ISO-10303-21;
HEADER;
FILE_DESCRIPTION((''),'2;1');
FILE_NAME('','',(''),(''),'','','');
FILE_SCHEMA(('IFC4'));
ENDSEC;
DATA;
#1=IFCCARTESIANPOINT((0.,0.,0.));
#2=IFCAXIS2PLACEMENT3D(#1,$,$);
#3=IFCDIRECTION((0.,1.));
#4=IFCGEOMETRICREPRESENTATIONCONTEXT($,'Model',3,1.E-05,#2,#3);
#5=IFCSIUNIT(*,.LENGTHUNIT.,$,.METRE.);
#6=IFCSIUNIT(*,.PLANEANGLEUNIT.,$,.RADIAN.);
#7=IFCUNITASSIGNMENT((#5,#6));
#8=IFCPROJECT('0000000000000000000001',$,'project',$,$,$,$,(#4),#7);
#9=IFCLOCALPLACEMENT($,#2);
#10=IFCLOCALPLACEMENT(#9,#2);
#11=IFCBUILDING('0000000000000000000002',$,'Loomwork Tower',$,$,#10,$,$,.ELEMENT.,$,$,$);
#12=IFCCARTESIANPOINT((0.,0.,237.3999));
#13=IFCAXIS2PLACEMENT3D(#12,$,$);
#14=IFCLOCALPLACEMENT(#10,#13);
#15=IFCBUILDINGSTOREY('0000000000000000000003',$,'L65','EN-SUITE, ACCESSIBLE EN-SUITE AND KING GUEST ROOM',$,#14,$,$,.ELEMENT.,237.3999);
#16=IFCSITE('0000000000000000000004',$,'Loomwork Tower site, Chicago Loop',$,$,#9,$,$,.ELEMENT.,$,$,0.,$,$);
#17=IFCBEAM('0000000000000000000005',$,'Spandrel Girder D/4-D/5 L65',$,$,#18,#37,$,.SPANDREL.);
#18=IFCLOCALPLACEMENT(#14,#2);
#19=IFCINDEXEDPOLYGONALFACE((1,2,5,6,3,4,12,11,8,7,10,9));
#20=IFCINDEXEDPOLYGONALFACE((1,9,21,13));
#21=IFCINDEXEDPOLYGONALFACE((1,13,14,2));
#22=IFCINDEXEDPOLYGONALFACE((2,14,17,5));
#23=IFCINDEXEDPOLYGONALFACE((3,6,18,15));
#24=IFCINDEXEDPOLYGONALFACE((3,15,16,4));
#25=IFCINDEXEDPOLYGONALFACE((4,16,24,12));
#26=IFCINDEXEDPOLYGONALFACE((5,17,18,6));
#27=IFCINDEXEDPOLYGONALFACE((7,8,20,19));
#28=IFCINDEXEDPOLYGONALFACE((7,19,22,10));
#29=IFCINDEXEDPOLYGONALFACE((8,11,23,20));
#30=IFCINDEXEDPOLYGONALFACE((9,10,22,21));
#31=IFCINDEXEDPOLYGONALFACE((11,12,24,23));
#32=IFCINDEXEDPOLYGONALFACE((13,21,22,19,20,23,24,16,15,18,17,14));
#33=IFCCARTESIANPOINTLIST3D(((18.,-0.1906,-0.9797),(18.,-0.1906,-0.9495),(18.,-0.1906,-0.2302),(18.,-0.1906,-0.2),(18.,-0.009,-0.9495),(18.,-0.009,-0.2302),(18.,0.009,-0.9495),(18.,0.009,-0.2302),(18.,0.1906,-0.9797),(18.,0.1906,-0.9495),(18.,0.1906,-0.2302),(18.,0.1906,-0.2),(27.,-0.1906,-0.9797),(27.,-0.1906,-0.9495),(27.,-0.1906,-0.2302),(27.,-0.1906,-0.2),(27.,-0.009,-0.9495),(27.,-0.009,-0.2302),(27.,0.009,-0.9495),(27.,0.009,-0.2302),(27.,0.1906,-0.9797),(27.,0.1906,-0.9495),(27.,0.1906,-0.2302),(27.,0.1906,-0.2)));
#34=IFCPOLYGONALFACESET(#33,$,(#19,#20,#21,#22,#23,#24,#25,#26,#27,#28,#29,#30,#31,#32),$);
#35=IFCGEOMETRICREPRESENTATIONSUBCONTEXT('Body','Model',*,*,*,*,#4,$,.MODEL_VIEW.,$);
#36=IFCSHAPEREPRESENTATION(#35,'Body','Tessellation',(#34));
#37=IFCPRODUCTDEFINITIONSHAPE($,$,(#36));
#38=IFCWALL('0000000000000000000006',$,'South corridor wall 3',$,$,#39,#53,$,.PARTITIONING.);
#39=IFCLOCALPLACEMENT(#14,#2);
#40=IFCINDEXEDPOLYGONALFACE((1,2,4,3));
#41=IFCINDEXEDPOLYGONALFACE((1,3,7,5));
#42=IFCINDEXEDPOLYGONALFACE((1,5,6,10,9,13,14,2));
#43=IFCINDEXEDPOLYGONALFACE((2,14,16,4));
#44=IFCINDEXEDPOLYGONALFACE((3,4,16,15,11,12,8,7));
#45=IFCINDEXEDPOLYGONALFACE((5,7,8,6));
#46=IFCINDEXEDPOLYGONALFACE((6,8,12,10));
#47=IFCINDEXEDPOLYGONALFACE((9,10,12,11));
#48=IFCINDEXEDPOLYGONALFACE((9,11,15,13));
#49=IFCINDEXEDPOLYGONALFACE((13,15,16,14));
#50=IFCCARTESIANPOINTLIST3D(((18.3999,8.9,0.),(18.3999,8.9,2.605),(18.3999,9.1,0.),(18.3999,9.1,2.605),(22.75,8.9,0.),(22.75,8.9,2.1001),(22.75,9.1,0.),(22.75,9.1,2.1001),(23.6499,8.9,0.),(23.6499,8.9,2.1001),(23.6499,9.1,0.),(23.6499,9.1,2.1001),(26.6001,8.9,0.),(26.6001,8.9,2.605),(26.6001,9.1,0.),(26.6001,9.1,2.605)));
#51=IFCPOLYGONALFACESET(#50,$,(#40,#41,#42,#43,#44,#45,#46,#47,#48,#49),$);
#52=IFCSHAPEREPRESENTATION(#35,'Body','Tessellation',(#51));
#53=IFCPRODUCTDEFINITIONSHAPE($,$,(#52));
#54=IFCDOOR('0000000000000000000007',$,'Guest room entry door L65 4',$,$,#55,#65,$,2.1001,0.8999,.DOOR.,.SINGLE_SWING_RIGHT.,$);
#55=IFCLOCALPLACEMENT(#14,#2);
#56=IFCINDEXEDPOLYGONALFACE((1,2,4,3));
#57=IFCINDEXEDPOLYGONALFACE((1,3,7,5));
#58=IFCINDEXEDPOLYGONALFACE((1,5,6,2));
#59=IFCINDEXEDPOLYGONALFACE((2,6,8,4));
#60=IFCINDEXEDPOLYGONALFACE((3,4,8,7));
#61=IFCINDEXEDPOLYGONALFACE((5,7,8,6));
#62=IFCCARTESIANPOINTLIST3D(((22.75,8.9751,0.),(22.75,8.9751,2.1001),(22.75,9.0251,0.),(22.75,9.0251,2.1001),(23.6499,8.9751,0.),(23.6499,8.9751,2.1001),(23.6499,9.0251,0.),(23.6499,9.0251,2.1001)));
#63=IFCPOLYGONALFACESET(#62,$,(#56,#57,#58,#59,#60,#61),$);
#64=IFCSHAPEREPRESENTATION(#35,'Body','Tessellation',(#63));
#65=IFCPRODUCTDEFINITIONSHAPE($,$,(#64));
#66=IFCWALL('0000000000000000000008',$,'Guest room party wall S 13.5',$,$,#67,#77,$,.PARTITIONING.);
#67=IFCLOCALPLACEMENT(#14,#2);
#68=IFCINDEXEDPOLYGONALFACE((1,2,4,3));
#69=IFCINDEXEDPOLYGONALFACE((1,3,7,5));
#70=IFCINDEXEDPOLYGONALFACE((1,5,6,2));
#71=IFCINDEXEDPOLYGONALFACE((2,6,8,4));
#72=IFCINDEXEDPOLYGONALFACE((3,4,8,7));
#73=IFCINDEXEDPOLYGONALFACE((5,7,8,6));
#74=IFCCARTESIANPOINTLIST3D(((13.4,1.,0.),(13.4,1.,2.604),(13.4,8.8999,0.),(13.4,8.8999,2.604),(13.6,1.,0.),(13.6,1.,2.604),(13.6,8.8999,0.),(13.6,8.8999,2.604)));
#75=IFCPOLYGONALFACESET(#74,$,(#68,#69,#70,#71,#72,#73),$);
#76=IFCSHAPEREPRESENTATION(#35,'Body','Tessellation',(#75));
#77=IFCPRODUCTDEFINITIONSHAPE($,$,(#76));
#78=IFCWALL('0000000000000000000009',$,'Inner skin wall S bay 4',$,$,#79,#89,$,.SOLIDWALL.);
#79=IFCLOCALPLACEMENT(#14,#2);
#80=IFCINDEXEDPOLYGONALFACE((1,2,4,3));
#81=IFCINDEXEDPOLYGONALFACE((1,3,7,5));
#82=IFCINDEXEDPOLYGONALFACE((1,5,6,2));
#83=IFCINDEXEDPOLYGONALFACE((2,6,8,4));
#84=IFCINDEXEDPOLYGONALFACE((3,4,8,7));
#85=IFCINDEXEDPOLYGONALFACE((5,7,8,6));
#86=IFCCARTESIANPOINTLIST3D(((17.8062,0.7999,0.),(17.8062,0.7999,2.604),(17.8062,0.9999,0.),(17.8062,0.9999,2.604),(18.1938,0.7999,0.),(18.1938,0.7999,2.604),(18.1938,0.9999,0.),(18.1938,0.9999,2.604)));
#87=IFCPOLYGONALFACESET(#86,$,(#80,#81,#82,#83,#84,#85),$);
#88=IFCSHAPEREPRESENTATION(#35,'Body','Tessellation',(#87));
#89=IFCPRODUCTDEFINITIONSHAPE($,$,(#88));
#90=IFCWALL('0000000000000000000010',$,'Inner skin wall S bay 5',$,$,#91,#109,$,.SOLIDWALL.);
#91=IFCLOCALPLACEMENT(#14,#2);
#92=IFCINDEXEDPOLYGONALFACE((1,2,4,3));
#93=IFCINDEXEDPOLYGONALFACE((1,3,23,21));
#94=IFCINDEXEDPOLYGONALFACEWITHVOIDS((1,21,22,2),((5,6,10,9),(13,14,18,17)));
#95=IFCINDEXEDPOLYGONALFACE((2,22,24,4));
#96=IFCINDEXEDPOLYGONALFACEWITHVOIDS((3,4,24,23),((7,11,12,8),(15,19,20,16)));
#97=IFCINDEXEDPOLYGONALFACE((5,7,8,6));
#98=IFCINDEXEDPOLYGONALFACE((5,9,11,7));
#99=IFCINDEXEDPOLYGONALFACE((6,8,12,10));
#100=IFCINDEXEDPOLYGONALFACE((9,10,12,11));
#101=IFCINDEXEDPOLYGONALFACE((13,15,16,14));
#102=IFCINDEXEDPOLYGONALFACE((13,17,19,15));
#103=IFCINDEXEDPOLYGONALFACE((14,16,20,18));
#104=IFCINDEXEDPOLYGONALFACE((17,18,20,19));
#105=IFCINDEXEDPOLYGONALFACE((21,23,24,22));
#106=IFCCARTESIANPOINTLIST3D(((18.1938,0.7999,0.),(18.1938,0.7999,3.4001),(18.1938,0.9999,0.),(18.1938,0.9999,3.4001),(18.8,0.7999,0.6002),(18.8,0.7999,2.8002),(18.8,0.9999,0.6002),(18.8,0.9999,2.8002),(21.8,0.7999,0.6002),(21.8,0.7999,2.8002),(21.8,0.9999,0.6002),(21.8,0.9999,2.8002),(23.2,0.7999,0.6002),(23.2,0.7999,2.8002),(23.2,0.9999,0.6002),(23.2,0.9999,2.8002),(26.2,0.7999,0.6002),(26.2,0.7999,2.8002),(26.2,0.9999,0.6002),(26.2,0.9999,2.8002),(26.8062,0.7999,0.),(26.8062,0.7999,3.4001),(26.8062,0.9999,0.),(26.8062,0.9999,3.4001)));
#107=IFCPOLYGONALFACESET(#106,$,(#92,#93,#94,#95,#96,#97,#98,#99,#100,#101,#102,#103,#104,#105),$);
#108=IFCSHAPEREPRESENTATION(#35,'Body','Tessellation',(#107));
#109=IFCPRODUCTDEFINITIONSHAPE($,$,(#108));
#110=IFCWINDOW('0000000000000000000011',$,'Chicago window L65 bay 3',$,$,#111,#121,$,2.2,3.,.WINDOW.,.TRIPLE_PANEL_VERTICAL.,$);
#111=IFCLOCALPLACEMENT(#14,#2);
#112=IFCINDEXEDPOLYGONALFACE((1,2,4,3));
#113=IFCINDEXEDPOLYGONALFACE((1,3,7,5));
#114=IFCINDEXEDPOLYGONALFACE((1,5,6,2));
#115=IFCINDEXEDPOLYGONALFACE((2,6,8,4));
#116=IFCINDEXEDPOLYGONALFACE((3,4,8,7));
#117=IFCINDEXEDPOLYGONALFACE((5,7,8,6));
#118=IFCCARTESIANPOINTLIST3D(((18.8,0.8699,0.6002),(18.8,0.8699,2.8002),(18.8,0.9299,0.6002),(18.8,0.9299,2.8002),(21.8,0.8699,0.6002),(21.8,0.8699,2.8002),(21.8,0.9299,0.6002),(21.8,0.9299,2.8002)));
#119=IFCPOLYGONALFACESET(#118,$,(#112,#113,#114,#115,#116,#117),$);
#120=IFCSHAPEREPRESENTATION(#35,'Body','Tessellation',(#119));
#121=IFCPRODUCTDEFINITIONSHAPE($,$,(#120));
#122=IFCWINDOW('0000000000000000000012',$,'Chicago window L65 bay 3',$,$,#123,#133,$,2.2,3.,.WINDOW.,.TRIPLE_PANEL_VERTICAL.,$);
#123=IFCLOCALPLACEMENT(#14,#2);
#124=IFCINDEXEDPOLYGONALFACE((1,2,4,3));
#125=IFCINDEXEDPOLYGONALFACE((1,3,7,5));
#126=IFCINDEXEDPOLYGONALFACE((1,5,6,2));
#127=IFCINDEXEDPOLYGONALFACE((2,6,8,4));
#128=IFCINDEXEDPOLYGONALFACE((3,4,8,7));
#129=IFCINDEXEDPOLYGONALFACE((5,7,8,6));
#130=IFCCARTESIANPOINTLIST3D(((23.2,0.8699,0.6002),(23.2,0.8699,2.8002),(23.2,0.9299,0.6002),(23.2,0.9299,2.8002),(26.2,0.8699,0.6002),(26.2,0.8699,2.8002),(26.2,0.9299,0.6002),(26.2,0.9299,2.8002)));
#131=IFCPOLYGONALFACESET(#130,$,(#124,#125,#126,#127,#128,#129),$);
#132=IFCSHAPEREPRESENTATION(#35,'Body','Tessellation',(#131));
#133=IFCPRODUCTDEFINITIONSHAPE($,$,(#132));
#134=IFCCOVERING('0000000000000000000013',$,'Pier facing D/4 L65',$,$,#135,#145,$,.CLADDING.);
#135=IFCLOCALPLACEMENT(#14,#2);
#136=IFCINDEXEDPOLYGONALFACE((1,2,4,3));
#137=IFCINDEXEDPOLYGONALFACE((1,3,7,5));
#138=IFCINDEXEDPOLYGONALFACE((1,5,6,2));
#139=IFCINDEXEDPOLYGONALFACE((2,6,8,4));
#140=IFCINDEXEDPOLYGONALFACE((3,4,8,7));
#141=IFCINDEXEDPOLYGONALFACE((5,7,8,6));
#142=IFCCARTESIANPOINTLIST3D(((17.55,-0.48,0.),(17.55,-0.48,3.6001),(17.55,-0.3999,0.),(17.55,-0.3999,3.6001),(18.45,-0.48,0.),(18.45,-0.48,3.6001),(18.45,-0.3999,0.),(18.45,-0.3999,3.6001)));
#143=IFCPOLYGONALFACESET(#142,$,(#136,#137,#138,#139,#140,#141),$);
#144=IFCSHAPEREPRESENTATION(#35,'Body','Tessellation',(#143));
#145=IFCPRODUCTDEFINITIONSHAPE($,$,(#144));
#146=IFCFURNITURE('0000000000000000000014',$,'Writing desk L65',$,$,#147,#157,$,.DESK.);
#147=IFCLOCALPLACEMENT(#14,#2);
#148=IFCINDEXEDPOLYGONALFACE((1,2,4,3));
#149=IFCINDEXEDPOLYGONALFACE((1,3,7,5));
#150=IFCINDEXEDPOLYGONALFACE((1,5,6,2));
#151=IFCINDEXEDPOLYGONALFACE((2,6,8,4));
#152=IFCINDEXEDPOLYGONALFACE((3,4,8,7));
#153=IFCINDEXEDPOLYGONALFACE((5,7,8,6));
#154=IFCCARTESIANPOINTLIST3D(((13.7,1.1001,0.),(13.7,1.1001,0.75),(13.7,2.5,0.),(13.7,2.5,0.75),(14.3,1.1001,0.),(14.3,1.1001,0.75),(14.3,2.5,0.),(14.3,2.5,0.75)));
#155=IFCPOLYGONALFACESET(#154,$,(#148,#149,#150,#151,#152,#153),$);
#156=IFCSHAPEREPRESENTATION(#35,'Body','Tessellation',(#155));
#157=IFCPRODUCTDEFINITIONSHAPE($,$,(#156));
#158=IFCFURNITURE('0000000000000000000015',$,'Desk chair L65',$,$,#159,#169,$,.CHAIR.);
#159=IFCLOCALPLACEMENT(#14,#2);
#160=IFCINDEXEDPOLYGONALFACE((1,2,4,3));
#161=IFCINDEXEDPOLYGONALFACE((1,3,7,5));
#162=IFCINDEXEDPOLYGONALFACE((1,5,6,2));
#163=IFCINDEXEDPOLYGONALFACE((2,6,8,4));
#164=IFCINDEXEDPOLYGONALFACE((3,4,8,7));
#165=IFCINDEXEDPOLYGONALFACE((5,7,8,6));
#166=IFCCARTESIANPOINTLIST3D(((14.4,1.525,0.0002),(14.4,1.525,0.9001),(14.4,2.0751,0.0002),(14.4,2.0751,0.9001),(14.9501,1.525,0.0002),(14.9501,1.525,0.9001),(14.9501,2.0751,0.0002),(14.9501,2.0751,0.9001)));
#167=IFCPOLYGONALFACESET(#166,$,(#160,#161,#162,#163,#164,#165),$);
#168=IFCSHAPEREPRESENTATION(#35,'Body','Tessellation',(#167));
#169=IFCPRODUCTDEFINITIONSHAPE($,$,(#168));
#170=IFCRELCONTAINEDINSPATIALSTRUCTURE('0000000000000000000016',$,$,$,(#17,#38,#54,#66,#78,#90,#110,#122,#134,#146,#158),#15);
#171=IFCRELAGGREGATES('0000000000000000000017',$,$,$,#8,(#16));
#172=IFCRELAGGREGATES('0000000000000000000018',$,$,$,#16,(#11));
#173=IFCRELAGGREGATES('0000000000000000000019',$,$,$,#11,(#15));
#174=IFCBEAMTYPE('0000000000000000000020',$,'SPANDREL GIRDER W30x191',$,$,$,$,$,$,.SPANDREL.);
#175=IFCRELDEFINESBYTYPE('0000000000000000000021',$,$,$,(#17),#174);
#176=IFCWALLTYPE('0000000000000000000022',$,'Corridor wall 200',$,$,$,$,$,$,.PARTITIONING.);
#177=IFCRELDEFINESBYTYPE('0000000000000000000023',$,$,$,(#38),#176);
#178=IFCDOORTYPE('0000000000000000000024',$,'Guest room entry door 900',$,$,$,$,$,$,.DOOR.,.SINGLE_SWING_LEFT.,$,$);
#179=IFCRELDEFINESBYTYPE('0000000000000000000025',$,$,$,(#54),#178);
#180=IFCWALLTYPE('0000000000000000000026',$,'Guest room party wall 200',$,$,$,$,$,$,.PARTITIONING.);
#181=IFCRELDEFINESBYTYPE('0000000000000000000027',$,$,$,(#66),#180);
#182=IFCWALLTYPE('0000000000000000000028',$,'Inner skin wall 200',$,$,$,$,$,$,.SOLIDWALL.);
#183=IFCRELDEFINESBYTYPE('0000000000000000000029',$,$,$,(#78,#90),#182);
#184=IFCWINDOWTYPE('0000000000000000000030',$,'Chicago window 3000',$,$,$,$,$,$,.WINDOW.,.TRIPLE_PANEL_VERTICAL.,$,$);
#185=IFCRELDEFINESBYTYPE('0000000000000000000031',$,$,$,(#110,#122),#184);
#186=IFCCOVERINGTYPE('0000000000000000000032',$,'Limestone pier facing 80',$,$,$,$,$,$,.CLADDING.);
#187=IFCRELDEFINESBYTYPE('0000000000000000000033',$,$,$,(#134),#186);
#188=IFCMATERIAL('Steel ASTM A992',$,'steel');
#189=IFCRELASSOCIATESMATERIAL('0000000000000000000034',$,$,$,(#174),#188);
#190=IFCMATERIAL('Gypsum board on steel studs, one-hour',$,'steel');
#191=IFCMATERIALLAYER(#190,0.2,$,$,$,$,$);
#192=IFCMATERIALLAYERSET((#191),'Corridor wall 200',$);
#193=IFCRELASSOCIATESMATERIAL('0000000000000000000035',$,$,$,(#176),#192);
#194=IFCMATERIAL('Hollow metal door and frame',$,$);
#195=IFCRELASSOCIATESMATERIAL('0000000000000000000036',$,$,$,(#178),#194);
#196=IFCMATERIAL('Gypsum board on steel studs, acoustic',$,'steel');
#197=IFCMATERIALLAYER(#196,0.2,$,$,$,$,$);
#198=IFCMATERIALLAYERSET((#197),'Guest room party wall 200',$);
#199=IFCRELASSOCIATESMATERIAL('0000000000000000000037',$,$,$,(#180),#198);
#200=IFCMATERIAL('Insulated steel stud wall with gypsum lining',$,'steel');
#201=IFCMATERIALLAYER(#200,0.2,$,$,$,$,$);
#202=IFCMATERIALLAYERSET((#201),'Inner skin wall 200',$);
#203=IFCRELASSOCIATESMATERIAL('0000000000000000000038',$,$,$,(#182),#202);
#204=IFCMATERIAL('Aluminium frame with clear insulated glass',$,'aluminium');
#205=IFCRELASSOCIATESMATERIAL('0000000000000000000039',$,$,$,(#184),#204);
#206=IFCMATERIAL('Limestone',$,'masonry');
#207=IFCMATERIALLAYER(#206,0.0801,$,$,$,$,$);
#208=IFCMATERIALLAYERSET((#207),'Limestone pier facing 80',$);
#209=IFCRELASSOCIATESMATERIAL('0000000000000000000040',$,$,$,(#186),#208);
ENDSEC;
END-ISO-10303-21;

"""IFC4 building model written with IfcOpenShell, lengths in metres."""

from ifc_helpers import new_model, si_unit, direction, frame, frame_2d, origin, origin_2d, place, context, subcontext, project, spatial, rectangle, i_section, extrude, material, layer, layer_set, material_profile, profile_set, type_object, element, fill, save


model = new_model("IFC4")

# Units and contexts
model_context = context("Model", 3, precision=1e-05, world=origin(), true_north=direction((0.0, 1.0)))
body_context = subcontext(model_context, "Body", "Model", "MODEL_VIEW")
ifc_project = project(units=[si_unit("LENGTHUNIT", "METRE"), si_unit("PLANEANGLEUNIT", "RADIAN")], contexts=[model_context])

# Site, building, storey
site_placement = place(None, origin())
site = spatial("IfcSite", under=ifc_project, at=site_placement, Name="Loomwork Tower site, Chicago Loop", CompositionType="ELEMENT", RefElevation=0.0)
building_placement = place(site_placement, origin())
building = spatial("IfcBuilding", under=site, at=building_placement, Name="Loomwork Tower", CompositionType="ELEMENT")
storey_placement = place(building_placement, frame((0.0, 0.0, 237.3999)))
storey = spatial("IfcBuildingStorey", under=building, at=storey_placement, Name="L65", Description="EN-SUITE, ACCESSIBLE EN-SUITE AND KING GUEST ROOM", CompositionType="ELEMENT", Elevation=237.3999)

# Beam
ifc_material_1 = material(Name="Steel ASTM A992", Category="steel")
ifc_material_profile_1 = material_profile(ifc_material_1, i_section(OverallWidth=0.3811, OverallDepth=0.7798, WebThickness=0.0181, FlangeThickness=0.0303, at=origin_2d()), Name="W30x191")
ifc_profile_set_1 = profile_set([ifc_material_profile_1], Name="Steel ASTM A992")
beam_type_1 = type_object("IfcBeamType", Name="SPANDREL GIRDER W30x191", PredefinedType="SPANDREL", material=ifc_profile_set_1)
beam_1_placement = place(storey_placement, frame((18.0, 0.0, -0.5898), z_axis=(1.0, 0.0, 0.0), x_axis=(0.0, 1.0, 0.0)))
element("IfcBeam", 1, at=beam_1_placement, inside=storey, type_object=beam_type_1, Name="Spandrel Girder D/4-D/5 L65", PredefinedType="SPANDREL", context=body_context, shape_type="SweptSolid", body=[
    extrude(i_section(OverallWidth=0.3811, OverallDepth=0.7798, WebThickness=0.0181, FlangeThickness=0.0303, at=origin_2d()), origin(), (0.0, 0.0, 1.0), 9.0),
])

# Wall, opening, door
ifc_material_2 = material(Name="Gypsum board on steel studs, one-hour", Category="steel")
ifc_layer_1 = layer(ifc_material_2, 0.2)
ifc_layer_set_1 = layer_set([ifc_layer_1], Name="Corridor wall 200")
wall_type_1 = type_object("IfcWallType", Name="Corridor wall 200", PredefinedType="PARTITIONING", material=ifc_layer_set_1)
wall_1_placement = place(storey_placement, frame((18.3999, 9.0, 0.0), z_axis=(0.0, 0.0, 1.0), x_axis=(1.0, 0.0, 0.0)))
wall_1 = element("IfcWall", 2, at=wall_1_placement, inside=storey, type_object=wall_type_1, Name="South corridor wall 3", PredefinedType="PARTITIONING", context=body_context, shape_type="SweptSolid", body=[
    extrude(rectangle(XDim=8.2002, YDim=0.2, at=frame_2d((4.1001, 0.0))), origin(), (0.0, 0.0, 1.0), 2.605),
])
opening_1_placement = place(wall_1_placement, frame((4.3501, 0.0, 0.0)))
opening_1 = element("IfcOpeningElement", 3, at=opening_1_placement, cuts=wall_1, PredefinedType="OPENING", context=body_context, shape_type="SweptSolid", body=[
    extrude(rectangle(XDim=0.8999, YDim=2.1001, at=frame_2d((0.45, 1.05))), frame((0.0, 0.1099, 0.0), z_axis=(0.0, -1.0, 0.0), x_axis=(1.0, 0.0, 0.0)), (0.0, 0.0, 1.0), 0.22),
])
ifc_material_3 = material(Name="Hollow metal door and frame")
door_type = type_object("IfcDoorType", Name="Guest room entry door 900", OperationType="SINGLE_SWING_LEFT", PredefinedType="DOOR", material=ifc_material_3)
door_placement = place(opening_1_placement, frame((0.8999, 0.0, 0.0), z_axis=(0.0, 0.0, 1.0), x_axis=(-1.0, 0.0, 0.0)))
door = element("IfcDoor", 4, at=door_placement, inside=storey, type_object=door_type, Name="Guest room entry door L65 4", OperationType="SINGLE_SWING_RIGHT", OverallHeight=2.1001, OverallWidth=0.8999, PredefinedType="DOOR", context=body_context, shape_type="SweptSolid", body=[
    extrude(rectangle(XDim=0.8999, YDim=2.1001, at=frame_2d((0.45, 1.05))), frame((0.0, 0.0249, 0.0), z_axis=(0.0, -1.0, 0.0), x_axis=(1.0, 0.0, 0.0)), (0.0, 0.0, 1.0), 0.05),
])
fill(opening_1, door)

# Walls
ifc_material_4 = material(Name="Gypsum board on steel studs, acoustic", Category="steel")
ifc_layer_2 = layer(ifc_material_4, 0.2)
ifc_layer_set_2 = layer_set([ifc_layer_2], Name="Guest room party wall 200")
wall_type_2 = type_object("IfcWallType", Name="Guest room party wall 200", PredefinedType="PARTITIONING", material=ifc_layer_set_2)
wall_2_placement = place(storey_placement, frame((13.5, 8.8999, 0.0), z_axis=(0.0, 0.0, 1.0), x_axis=(0.0, -1.0, 0.0)))
element("IfcWall", 5, at=wall_2_placement, inside=storey, type_object=wall_type_2, Name="Guest room party wall S 13.5", PredefinedType="PARTITIONING", context=body_context, shape_type="SweptSolid", body=[
    extrude(rectangle(XDim=7.8999, YDim=0.2, at=frame_2d((3.95, 0.0))), origin(), (0.0, 0.0, 1.0), 2.604),
])
ifc_material_5 = material(Name="Insulated steel stud wall with gypsum lining", Category="steel")
ifc_layer_3 = layer(ifc_material_5, 0.2)
ifc_layer_set_3 = layer_set([ifc_layer_3], Name="Inner skin wall 200")
wall_type_3 = type_object("IfcWallType", Name="Inner skin wall 200", PredefinedType="SOLIDWALL", material=ifc_layer_set_3)
wall_3_placement = place(storey_placement, frame((17.8062, 0.8999, 0.0), z_axis=(0.0, 0.0, 1.0), x_axis=(1.0, 0.0, 0.0)))
element("IfcWall", 6, at=wall_3_placement, inside=storey, type_object=wall_type_3, Name="Inner skin wall S bay 4", PredefinedType="SOLIDWALL", context=body_context, shape_type="SweptSolid", body=[
    extrude(rectangle(XDim=0.3877, YDim=0.2, at=frame_2d((0.1938, 0.0))), origin(), (0.0, 0.0, 1.0), 2.604),
])

# Wall, openings, windows
wall_4_placement = place(storey_placement, frame((18.1938, 0.8999, 0.0), z_axis=(0.0, 0.0, 1.0), x_axis=(1.0, 0.0, 0.0)))
wall_4 = element("IfcWall", 7, at=wall_4_placement, inside=storey, type_object=wall_type_3, Name="Inner skin wall S bay 5", PredefinedType="SOLIDWALL", context=body_context, shape_type="SweptSolid", body=[
    extrude(rectangle(XDim=8.6123, YDim=0.2, at=frame_2d((4.3062, 0.0))), origin(), (0.0, 0.0, 1.0), 3.4001),
])
opening_2_placement = place(wall_4_placement, frame((0.6062, 0.0, 0.6001)))
opening_2 = element("IfcOpeningElement", 8, at=opening_2_placement, cuts=wall_4, PredefinedType="OPENING", context=body_context, shape_type="SweptSolid", body=[
    extrude(rectangle(XDim=3.0, YDim=2.2, at=frame_2d((1.5, 1.1001))), frame((0.0, 0.1099, 0.0), z_axis=(0.0, -1.0, 0.0), x_axis=(1.0, 0.0, 0.0)), (0.0, 0.0, 1.0), 0.22),
])
opening_3_placement = place(wall_4_placement, frame((5.0061, 0.0, 0.6001)))
opening_3 = element("IfcOpeningElement", 9, at=opening_3_placement, cuts=wall_4, PredefinedType="OPENING", context=body_context, shape_type="SweptSolid", body=[
    extrude(rectangle(XDim=3.0, YDim=2.2, at=frame_2d((1.5, 1.1001))), frame((0.0, 0.1099, 0.0), z_axis=(0.0, -1.0, 0.0), x_axis=(1.0, 0.0, 0.0)), (0.0, 0.0, 1.0), 0.22),
])
ifc_material_6 = material(Name="Aluminium frame with clear insulated glass", Category="aluminium")
window_type = type_object("IfcWindowType", Name="Chicago window 3000", PartitioningType="TRIPLE_PANEL_VERTICAL", PredefinedType="WINDOW", material=ifc_material_6)
window_1_placement = place(opening_2_placement, origin())
window_1 = element("IfcWindow", 10, at=window_1_placement, inside=storey, type_object=window_type, Name="Chicago window L65 bay 3", OverallHeight=2.2, OverallWidth=3.0, PartitioningType="TRIPLE_PANEL_VERTICAL", PredefinedType="WINDOW", context=body_context, shape_type="SweptSolid", body=[
    extrude(rectangle(XDim=3.0, YDim=2.2, at=frame_2d((1.5, 1.1001))), frame((0.0, 0.03, 0.0), z_axis=(0.0, -1.0, 0.0), x_axis=(1.0, 0.0, 0.0)), (0.0, 0.0, 1.0), 0.0601),
])
fill(opening_2, window_1)
window_2_placement = place(opening_3_placement, origin())
window_2 = element("IfcWindow", 11, at=window_2_placement, inside=storey, type_object=window_type, Name="Chicago window L65 bay 3", OverallHeight=2.2, OverallWidth=3.0, PartitioningType="TRIPLE_PANEL_VERTICAL", PredefinedType="WINDOW", context=body_context, shape_type="SweptSolid", body=[
    extrude(rectangle(XDim=3.0, YDim=2.2, at=frame_2d((1.5, 1.1001))), frame((0.0, 0.03, 0.0), z_axis=(0.0, -1.0, 0.0), x_axis=(1.0, 0.0, 0.0)), (0.0, 0.0, 1.0), 0.0601),
])
fill(opening_3, window_2)

# Covering
ifc_material_7 = material(Name="Limestone", Category="masonry")
ifc_layer_4 = layer(ifc_material_7, 0.0801)
ifc_layer_set_4 = layer_set([ifc_layer_4], Name="Limestone pier facing 80")
covering_type = type_object("IfcCoveringType", Name="Limestone pier facing 80", PredefinedType="CLADDING", material=ifc_layer_set_4)
covering_placement = place(storey_placement, frame((18.0, -0.4399, 0.0), z_axis=(0.0, 0.0, 1.0), x_axis=(1.0, 0.0, 0.0)))
element("IfcCovering", 12, at=covering_placement, inside=storey, type_object=covering_type, Name="Pier facing D/4 L65", PredefinedType="CLADDING", context=body_context, shape_type="SweptSolid", body=[
    extrude(rectangle(XDim=0.8999, YDim=0.0801, at=origin_2d()), origin(), (0.0, 0.0, 1.0), 3.6001),
])

# Furniture
furniture_1_placement = place(storey_placement, frame((14.0, 1.8, 0.0), z_axis=(0.0, 0.0, 1.0), x_axis=(1.0, 0.0, 0.0)))
element("IfcFurniture", 13, at=furniture_1_placement, inside=storey, Name="Writing desk L65", PredefinedType="DESK", context=body_context, shape_type="SweptSolid", body=[
    extrude(rectangle(XDim=0.6001, YDim=1.3999, at=origin_2d()), origin(), (0.0, 0.0, 1.0), 0.75),
])
furniture_2_placement = place(storey_placement, frame((14.675, 1.8, 0.0002), z_axis=(0.0, 0.0, 1.0), x_axis=(1.0, 0.0, 0.0)))
element("IfcFurniture", 14, at=furniture_2_placement, inside=storey, Name="Desk chair L65", PredefinedType="CHAIR", context=body_context, shape_type="SweptSolid", body=[
    extrude(rectangle(XDim=0.55, YDim=0.55, at=origin_2d()), origin(), (0.0, 0.0, 1.0), 0.8999),
])

save(model, "model.ifc")
